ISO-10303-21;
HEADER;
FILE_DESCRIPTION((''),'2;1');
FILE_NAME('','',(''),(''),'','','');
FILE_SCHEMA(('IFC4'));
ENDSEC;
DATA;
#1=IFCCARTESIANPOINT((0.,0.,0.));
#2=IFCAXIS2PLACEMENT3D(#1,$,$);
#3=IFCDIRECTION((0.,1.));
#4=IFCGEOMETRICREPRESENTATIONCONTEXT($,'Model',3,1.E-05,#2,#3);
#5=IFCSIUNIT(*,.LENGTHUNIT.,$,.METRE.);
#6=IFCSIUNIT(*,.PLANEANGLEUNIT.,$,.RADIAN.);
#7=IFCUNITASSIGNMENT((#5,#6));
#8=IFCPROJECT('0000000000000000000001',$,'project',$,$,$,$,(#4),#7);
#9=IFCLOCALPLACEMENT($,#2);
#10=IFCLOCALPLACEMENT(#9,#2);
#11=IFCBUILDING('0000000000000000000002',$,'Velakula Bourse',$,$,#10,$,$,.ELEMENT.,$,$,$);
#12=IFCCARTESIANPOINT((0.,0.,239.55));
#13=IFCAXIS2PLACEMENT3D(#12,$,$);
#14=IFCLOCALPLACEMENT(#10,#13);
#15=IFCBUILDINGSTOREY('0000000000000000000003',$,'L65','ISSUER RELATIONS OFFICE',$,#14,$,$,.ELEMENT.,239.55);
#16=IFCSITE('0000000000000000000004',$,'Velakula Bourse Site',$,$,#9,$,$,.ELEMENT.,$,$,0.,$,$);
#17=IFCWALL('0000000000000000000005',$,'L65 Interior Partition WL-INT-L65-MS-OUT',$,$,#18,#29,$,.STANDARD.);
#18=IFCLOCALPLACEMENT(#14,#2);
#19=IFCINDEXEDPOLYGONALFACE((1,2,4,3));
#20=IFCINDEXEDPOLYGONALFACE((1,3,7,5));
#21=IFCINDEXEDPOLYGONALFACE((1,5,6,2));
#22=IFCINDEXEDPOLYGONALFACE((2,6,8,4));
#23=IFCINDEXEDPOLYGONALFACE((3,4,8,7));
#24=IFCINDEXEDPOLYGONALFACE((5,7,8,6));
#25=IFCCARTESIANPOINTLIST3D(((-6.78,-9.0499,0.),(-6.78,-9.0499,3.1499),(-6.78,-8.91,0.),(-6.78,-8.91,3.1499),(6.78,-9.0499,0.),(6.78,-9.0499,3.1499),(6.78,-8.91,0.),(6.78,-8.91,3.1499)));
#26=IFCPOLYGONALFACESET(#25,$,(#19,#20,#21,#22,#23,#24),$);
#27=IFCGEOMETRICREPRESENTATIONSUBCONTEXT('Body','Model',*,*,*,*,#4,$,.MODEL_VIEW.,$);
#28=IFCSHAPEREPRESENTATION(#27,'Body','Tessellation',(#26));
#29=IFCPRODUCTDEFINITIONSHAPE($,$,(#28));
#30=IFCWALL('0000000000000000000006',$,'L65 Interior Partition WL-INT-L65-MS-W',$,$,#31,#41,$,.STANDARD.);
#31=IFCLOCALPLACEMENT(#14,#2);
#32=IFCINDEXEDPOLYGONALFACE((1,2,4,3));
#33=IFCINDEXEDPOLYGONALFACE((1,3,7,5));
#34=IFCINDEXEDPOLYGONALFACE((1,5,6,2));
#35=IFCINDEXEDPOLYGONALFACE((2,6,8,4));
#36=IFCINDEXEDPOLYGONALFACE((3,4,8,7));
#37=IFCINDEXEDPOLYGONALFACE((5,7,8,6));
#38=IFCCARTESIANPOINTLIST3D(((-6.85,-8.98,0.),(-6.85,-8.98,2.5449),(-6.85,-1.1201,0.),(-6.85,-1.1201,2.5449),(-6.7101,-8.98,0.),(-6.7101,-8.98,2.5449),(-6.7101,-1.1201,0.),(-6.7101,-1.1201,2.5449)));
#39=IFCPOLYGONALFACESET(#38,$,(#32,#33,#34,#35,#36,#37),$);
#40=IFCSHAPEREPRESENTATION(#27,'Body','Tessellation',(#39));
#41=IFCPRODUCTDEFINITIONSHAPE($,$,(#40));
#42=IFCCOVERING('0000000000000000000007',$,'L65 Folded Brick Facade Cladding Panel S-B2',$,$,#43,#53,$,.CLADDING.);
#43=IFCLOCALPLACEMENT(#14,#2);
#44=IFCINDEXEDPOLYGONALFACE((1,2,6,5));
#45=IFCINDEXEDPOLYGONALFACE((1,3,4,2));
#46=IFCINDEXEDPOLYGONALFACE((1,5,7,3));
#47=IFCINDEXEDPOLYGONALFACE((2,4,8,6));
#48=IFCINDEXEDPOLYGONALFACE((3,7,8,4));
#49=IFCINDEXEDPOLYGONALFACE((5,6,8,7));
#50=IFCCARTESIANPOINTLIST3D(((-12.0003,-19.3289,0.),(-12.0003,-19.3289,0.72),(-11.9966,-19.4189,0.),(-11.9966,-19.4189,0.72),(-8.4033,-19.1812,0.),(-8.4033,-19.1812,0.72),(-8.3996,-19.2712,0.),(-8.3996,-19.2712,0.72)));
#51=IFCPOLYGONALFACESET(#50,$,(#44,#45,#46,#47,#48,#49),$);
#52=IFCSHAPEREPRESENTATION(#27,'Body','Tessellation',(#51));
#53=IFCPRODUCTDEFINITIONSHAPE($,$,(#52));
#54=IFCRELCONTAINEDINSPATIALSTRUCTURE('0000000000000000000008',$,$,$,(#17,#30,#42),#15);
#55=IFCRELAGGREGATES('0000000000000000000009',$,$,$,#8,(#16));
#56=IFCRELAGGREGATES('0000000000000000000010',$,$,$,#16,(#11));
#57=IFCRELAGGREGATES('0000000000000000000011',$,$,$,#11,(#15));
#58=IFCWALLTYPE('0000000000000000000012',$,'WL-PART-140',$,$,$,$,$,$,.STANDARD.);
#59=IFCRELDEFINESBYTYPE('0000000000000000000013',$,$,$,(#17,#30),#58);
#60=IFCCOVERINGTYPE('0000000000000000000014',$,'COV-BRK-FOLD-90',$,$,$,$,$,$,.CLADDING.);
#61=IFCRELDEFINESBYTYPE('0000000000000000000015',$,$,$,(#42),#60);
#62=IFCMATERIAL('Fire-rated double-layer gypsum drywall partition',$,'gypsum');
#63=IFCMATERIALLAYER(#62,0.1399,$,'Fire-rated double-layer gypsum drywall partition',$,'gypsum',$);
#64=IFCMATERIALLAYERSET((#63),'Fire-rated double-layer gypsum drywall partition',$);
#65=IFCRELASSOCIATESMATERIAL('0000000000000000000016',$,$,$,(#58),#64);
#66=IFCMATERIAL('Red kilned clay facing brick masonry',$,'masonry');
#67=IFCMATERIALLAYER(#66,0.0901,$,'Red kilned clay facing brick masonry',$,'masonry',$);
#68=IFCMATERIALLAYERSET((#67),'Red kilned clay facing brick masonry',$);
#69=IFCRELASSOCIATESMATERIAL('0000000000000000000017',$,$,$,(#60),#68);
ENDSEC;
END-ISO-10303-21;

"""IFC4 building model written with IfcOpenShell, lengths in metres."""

from ifc_helpers import new_model, si_unit, direction, frame, frame_2d, origin, origin_2d, place, context, subcontext, project, spatial, rectangle, extrude, material, layer, layer_set, type_object, element, save


model = new_model("IFC4")

# Units and contexts
model_context = context("Model", 3, precision=1e-05, world=origin(), true_north=direction((0.0, 1.0)))
body_context = subcontext(model_context, "Body", "Model", "MODEL_VIEW")
ifc_project = project(units=[si_unit("LENGTHUNIT", "METRE"), si_unit("PLANEANGLEUNIT", "RADIAN")], contexts=[model_context])

# Site, building, storey
site_placement = place(None, origin())
site = spatial("IfcSite", under=ifc_project, at=site_placement, Name="Velakula Bourse Site", CompositionType="ELEMENT", RefElevation=0.0)
building_placement = place(site_placement, origin())
building = spatial("IfcBuilding", under=site, at=building_placement, Name="Velakula Bourse", CompositionType="ELEMENT")
storey_placement = place(building_placement, frame((0.0, 0.0, 239.55)))
storey = spatial("IfcBuildingStorey", under=building, at=storey_placement, Name="L65", Description="ISSUER RELATIONS OFFICE", CompositionType="ELEMENT", Elevation=239.55)

# Walls
ifc_material_1 = material(Name="Fire-rated double-layer gypsum drywall partition", Category="gypsum")
ifc_layer_1 = layer(ifc_material_1, 0.1399, Name="Fire-rated double-layer gypsum drywall partition", Category="gypsum")
ifc_layer_set_1 = layer_set([ifc_layer_1], Name="Fire-rated double-layer gypsum drywall partition")
wall_type_1 = type_object("IfcWallType", Name="WL-PART-140", PredefinedType="STANDARD", material=ifc_layer_set_1)
wall_1_placement = place(storey_placement, frame((-6.78, -8.98, 0.0), z_axis=(0.0, 0.0, 1.0), x_axis=(1.0, 0.0, 0.0)))
element("IfcWall", 1, at=wall_1_placement, inside=storey, type_object=wall_type_1, Name="L65 Interior Partition WL-INT-L65-MS-OUT", PredefinedType="STANDARD", context=body_context, shape_type="SweptSolid", body=[
    extrude(rectangle(XDim=13.5601, YDim=0.1399, at=frame_2d((6.78, 0.0))), origin(), (0.0, 0.0, 1.0), 3.1499),
])
wall_2_placement = place(storey_placement, frame((-6.78, -8.98, 0.0), z_axis=(0.0, 0.0, 1.0), x_axis=(0.0, 1.0, 0.0)))
element("IfcWall", 2, at=wall_2_placement, inside=storey, type_object=wall_type_1, Name="L65 Interior Partition WL-INT-L65-MS-W", PredefinedType="STANDARD", context=body_context, shape_type="SweptSolid", body=[
    extrude(rectangle(XDim=7.8599, YDim=0.1399, at=frame_2d((3.9299, 0.0))), origin(), (0.0, 0.0, 1.0), 2.5449),
])

# Covering
ifc_material_2 = material(Name="Red kilned clay facing brick masonry", Category="masonry")
ifc_layer_2 = layer(ifc_material_2, 0.0901, Name="Red kilned clay facing brick masonry", Category="masonry")
ifc_layer_set_2 = layer_set([ifc_layer_2], Name="Red kilned clay facing brick masonry")
covering_type = type_object("IfcCoveringType", Name="COV-BRK-FOLD-90", PredefinedType="CLADDING", material=ifc_layer_set_2)
covering_placement = place(storey_placement, frame((-10.2, -19.3, 0.0), z_axis=(0.0, 0.0, 1.0), x_axis=(0.999159, 0.041004, 0.0)))
element("IfcCovering", 3, at=covering_placement, inside=storey, type_object=covering_type, Name="L65 Folded Brick Facade Cladding Panel S-B2", PredefinedType="CLADDING", context=body_context, shape_type="SweptSolid", body=[
    extrude(rectangle(XDim=3.6001, YDim=0.0901, at=origin_2d()), origin(), (0.0, 0.0, 1.0), 0.72),
])

save(model, "model.ifc")
